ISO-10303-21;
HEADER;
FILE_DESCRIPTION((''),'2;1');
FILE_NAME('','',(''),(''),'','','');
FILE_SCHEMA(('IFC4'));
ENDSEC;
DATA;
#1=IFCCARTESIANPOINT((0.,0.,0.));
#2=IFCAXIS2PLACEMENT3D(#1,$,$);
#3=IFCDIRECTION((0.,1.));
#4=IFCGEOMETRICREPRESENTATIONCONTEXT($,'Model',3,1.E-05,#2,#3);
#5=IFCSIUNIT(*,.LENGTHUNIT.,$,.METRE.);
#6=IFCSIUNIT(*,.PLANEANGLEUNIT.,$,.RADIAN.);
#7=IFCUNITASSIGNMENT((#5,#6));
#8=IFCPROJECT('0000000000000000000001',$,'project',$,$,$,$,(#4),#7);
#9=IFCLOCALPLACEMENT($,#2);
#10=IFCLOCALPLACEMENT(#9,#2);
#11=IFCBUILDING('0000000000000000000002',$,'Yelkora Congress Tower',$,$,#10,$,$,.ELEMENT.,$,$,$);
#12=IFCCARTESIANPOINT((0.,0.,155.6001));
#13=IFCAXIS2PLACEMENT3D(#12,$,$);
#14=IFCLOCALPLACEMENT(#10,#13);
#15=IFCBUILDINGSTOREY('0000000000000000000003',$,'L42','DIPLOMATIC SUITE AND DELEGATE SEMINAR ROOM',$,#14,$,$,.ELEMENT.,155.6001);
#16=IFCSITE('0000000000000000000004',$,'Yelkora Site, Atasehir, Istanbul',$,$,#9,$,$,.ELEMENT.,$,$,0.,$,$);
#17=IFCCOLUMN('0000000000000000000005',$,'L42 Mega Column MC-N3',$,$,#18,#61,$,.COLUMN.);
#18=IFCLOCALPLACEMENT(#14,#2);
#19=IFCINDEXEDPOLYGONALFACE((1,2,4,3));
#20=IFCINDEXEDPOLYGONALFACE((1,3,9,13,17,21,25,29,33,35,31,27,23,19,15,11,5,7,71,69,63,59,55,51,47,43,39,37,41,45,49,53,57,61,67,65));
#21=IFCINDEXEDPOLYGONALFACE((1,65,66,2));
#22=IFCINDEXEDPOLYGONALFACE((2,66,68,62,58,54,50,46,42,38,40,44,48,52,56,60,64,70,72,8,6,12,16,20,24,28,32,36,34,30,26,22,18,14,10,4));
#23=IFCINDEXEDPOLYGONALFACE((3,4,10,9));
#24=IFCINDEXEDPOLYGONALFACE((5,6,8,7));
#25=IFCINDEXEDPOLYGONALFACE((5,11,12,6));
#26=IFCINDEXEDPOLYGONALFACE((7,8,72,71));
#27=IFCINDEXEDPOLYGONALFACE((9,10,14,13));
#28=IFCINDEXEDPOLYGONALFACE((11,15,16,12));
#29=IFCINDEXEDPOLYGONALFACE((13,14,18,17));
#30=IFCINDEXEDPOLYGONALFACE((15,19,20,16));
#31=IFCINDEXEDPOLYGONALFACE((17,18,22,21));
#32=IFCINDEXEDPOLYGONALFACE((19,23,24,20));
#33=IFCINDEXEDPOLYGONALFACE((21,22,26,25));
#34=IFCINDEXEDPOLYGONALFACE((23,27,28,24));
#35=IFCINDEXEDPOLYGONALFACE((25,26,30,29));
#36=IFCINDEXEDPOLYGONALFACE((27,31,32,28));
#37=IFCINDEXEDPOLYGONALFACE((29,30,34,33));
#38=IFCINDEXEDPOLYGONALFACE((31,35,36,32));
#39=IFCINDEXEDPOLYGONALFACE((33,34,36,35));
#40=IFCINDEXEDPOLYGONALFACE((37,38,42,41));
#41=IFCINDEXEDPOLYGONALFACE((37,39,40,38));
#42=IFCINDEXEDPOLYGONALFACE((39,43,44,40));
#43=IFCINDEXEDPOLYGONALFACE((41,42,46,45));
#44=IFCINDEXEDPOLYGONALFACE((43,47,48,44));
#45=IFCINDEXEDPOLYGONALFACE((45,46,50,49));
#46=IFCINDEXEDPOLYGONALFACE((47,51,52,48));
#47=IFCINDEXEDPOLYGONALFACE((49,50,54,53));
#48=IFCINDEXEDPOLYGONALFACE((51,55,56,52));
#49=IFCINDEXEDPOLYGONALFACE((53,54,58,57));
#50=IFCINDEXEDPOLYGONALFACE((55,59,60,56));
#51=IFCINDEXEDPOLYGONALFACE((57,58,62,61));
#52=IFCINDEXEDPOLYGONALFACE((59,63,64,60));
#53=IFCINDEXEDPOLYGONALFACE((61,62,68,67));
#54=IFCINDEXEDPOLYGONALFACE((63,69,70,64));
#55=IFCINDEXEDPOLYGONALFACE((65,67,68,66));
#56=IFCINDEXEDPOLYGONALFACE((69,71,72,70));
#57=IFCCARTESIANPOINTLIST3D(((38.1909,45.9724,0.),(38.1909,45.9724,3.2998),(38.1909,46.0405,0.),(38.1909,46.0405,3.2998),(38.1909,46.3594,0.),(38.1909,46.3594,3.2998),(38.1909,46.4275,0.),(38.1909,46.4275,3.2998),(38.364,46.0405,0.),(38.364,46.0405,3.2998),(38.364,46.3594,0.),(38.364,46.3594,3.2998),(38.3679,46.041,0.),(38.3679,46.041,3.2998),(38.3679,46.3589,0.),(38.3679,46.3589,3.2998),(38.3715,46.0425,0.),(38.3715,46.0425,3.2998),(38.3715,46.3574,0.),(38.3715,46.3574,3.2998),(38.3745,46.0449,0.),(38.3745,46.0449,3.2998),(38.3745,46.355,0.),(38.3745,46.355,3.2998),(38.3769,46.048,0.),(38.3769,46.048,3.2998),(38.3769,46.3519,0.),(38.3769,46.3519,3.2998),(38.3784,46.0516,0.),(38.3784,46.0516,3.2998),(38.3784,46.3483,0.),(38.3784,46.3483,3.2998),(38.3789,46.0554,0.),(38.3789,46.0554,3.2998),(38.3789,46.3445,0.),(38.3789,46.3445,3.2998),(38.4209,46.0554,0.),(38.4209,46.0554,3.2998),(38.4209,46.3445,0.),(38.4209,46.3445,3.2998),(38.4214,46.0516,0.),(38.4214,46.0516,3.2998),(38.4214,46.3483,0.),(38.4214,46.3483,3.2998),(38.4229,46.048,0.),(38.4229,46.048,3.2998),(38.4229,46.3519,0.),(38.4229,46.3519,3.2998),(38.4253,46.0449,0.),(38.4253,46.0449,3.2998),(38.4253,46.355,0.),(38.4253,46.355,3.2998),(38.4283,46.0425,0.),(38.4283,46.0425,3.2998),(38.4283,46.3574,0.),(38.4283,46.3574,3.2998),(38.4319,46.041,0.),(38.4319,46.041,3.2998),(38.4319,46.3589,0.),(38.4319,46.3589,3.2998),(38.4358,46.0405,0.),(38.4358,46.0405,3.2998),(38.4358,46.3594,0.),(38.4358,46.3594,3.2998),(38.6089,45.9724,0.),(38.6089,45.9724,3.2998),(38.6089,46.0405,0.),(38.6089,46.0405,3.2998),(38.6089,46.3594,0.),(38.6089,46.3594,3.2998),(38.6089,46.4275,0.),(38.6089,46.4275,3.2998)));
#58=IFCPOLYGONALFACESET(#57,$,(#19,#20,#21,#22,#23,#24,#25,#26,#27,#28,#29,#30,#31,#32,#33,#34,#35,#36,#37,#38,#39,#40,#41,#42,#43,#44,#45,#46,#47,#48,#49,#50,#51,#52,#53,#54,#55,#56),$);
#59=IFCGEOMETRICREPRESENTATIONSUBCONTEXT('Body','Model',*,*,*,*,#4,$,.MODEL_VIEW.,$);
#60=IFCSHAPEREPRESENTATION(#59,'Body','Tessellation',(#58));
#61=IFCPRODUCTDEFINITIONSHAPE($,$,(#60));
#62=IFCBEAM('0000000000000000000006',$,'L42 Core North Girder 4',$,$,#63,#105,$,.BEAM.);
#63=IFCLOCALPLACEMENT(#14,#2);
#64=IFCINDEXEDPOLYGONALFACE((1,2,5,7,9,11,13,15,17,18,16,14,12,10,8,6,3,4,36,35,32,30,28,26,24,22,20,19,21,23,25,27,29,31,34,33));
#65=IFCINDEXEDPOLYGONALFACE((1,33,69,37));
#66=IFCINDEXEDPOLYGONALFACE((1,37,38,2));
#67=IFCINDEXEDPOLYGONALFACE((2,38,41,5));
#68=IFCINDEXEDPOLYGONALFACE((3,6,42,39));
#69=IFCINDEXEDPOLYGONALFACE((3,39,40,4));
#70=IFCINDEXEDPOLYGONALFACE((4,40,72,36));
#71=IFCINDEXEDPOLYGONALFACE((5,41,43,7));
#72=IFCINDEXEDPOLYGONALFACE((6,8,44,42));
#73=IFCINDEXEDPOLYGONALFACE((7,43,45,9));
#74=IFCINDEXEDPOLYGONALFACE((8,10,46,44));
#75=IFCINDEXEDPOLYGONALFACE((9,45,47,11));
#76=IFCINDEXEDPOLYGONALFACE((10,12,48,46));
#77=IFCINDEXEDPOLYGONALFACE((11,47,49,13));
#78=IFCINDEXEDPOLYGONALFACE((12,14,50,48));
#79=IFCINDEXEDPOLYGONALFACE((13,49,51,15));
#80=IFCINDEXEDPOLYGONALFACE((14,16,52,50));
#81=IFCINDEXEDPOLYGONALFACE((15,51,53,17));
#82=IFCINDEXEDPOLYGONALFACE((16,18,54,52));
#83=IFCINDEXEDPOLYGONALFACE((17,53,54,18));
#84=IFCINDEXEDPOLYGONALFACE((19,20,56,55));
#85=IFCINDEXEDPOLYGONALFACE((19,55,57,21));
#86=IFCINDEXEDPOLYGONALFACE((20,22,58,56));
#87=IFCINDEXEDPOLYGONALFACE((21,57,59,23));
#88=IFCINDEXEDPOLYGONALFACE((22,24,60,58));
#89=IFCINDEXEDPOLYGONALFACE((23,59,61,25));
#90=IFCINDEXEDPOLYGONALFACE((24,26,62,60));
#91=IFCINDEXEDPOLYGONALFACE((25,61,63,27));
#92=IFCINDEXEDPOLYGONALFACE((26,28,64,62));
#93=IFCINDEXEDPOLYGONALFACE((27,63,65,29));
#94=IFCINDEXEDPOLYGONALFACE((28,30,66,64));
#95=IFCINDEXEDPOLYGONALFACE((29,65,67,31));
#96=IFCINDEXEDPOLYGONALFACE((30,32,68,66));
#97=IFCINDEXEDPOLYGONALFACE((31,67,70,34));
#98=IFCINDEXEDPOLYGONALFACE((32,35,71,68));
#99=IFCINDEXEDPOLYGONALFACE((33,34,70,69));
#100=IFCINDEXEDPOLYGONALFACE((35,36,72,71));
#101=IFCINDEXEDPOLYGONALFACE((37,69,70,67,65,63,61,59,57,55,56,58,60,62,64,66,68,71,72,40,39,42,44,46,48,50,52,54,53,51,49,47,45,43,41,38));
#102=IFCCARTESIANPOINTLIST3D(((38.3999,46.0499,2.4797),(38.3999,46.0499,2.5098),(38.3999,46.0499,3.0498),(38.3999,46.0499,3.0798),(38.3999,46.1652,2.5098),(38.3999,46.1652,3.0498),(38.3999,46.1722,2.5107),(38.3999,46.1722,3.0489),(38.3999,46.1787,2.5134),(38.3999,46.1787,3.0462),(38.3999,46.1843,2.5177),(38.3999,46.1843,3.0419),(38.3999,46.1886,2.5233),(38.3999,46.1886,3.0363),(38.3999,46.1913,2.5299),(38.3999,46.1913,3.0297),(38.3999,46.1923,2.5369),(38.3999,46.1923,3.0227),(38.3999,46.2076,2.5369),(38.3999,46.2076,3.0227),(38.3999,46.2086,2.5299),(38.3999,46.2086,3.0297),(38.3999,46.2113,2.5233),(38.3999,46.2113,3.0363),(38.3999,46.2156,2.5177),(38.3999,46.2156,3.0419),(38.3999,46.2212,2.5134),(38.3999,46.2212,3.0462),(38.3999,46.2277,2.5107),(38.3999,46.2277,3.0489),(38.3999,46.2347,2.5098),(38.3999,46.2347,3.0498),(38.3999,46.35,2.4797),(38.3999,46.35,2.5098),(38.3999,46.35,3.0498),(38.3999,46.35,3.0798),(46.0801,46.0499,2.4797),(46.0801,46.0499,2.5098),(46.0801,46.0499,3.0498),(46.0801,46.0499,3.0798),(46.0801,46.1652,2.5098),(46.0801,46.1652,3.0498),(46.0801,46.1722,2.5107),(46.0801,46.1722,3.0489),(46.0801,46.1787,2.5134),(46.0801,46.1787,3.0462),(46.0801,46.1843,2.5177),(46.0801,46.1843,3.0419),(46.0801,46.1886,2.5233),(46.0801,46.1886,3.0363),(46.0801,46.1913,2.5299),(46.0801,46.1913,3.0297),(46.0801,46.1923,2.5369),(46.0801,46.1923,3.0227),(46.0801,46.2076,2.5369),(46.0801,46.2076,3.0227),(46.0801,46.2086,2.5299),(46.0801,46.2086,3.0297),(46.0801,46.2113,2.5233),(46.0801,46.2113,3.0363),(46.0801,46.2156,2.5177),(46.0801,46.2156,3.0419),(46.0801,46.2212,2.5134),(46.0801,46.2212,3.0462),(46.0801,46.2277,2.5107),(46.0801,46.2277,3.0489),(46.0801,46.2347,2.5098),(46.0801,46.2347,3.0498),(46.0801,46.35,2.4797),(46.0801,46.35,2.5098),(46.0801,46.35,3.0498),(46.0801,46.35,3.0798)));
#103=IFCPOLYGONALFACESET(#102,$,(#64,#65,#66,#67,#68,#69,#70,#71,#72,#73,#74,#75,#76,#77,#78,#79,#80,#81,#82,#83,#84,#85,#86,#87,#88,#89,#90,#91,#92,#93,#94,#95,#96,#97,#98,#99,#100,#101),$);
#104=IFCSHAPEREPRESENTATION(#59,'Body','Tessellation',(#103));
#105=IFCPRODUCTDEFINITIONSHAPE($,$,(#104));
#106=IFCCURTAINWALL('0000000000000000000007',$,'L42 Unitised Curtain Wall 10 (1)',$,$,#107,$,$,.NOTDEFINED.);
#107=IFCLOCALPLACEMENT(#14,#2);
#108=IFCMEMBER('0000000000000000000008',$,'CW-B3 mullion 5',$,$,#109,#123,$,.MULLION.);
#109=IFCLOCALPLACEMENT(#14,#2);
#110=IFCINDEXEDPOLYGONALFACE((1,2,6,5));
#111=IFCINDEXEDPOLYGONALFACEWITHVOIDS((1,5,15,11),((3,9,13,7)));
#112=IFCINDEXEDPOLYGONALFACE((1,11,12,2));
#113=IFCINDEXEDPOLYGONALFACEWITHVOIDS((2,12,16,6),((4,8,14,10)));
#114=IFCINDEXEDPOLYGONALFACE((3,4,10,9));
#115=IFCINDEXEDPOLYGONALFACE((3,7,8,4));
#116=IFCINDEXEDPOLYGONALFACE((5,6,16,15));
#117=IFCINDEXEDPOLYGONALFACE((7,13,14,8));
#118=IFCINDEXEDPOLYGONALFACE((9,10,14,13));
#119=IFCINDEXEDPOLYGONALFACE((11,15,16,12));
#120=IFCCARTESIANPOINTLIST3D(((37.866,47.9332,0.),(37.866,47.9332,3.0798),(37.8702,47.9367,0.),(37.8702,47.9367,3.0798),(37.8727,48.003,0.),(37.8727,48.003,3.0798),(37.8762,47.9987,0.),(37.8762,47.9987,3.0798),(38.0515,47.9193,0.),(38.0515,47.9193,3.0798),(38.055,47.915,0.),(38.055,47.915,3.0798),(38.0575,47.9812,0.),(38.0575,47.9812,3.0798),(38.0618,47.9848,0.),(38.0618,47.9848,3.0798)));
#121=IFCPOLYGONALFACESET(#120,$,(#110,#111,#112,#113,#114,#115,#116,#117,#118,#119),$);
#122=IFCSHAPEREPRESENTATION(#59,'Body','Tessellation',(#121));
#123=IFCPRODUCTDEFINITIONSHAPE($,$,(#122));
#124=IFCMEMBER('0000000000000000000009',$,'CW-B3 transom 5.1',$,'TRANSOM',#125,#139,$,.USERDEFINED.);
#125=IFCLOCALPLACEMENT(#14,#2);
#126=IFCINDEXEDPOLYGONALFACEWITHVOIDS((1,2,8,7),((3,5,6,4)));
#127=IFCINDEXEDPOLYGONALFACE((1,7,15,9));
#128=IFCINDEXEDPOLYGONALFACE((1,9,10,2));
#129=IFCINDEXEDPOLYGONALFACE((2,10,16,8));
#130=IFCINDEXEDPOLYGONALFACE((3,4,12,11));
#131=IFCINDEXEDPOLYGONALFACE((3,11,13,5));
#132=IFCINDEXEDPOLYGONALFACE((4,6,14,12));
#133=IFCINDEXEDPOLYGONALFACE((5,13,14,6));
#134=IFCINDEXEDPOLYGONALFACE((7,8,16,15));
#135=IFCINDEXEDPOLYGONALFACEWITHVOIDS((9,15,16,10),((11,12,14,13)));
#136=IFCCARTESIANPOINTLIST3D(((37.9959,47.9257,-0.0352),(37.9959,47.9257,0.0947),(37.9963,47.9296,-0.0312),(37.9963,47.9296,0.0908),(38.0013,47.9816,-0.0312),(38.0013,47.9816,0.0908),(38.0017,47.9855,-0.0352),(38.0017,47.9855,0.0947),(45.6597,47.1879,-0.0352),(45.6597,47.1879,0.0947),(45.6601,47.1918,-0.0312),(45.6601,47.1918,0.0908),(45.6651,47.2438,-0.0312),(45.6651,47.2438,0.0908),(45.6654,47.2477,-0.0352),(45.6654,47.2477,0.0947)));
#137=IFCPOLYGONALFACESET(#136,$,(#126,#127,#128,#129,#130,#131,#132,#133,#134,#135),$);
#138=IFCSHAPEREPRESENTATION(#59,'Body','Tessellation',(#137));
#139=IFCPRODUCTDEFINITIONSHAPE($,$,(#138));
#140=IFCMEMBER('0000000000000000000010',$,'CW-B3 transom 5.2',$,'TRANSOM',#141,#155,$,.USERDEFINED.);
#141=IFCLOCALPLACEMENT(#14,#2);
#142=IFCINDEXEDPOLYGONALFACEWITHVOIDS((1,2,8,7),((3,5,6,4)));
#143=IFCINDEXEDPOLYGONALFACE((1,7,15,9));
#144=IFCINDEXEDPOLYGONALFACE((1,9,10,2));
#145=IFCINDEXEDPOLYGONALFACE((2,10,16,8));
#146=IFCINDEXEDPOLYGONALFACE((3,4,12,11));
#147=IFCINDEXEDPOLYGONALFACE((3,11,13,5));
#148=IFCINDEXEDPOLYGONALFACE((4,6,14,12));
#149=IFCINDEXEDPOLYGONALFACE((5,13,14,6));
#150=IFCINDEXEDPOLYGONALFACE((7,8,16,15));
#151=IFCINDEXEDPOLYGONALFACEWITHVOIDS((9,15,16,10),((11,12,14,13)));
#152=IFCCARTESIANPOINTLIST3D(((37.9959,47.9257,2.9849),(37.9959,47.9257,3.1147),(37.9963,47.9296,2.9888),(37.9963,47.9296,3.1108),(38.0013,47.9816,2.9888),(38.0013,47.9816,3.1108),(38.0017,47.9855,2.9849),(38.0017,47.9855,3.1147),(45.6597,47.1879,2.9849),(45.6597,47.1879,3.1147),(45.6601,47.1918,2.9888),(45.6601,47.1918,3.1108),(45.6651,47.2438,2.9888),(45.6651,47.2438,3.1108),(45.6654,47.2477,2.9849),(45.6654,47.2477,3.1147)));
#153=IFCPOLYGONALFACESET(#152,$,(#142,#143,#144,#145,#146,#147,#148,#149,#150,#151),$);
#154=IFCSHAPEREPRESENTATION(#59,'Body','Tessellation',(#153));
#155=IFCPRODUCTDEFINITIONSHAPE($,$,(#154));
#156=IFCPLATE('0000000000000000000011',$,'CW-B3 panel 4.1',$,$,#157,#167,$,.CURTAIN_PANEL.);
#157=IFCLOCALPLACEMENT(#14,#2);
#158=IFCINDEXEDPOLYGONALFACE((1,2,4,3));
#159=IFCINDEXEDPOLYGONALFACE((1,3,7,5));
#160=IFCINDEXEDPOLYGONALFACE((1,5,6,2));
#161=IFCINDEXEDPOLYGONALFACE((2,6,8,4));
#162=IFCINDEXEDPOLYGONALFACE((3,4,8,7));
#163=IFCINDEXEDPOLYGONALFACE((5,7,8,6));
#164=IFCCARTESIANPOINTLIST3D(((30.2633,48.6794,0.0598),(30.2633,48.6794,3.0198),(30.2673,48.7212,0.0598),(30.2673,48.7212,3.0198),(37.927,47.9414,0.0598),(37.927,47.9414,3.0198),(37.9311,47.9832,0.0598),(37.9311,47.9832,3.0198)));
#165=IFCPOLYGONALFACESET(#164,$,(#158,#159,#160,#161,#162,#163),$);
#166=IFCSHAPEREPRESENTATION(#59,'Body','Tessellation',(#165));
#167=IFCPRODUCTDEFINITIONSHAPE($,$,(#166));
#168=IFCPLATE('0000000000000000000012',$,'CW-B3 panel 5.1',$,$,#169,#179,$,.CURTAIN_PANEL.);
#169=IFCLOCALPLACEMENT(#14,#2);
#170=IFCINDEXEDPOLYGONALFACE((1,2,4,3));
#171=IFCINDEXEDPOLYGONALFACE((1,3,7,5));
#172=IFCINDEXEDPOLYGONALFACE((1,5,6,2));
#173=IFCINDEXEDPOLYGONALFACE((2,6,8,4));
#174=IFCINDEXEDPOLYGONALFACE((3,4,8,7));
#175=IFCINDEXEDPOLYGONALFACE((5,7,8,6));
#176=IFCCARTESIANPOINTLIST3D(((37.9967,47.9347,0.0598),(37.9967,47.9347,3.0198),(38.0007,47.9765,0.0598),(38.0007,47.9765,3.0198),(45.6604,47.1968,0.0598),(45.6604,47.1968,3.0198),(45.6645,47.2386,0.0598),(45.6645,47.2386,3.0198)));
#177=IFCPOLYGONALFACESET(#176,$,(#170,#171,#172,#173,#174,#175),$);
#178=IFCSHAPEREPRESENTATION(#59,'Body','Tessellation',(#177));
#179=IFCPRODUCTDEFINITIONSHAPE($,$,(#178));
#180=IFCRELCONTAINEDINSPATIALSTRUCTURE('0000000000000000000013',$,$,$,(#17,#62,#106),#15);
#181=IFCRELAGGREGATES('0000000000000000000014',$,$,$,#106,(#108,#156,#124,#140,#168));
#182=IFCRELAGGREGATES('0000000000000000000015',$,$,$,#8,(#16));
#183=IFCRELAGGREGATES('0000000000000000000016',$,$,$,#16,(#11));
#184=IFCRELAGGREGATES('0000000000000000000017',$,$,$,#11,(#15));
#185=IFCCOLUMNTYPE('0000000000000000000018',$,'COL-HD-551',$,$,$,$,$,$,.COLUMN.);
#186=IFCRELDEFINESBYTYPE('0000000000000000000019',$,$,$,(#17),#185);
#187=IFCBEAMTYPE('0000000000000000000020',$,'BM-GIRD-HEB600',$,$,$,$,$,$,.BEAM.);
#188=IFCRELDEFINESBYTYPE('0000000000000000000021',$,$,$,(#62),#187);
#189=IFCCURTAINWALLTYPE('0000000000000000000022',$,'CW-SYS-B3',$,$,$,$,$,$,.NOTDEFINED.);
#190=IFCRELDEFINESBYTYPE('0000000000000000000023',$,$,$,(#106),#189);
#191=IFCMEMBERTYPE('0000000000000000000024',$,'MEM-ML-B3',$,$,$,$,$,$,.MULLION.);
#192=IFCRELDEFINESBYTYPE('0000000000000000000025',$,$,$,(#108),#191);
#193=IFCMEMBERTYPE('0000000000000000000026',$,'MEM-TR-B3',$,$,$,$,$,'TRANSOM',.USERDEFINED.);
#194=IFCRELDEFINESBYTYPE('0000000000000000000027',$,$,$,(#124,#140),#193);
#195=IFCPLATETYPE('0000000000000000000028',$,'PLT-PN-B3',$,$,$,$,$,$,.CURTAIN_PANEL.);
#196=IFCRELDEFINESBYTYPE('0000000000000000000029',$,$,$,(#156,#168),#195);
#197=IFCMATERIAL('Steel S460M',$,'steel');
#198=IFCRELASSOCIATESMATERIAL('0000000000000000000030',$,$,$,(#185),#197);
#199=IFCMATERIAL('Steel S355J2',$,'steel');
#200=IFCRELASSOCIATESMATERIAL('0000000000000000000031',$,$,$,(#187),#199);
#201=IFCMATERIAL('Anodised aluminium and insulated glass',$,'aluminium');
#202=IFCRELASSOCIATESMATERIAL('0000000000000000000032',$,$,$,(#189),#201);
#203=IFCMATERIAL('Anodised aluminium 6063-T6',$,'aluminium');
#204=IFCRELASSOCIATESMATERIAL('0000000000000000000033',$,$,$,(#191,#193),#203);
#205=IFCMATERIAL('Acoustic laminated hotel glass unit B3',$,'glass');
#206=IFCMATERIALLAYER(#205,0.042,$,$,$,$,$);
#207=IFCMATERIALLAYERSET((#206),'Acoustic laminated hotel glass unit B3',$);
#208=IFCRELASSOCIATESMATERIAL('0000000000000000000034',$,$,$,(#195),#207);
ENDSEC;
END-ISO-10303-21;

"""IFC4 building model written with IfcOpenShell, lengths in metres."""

from ifc_helpers import new_model, si_unit, direction, frame, origin, origin_2d, place, context, subcontext, project, spatial, rectangle, hollow_rectangle, i_section, extrude, material, layer, layer_set, material_profile, profile_set, type_object, element, aggregate, save


model = new_model("IFC4")

# Units and contexts
model_context = context("Model", 3, precision=1e-05, world=origin(), true_north=direction((0.0, 1.0)))
body_context = subcontext(model_context, "Body", "Model", "MODEL_VIEW")
ifc_project = project(units=[si_unit("LENGTHUNIT", "METRE"), si_unit("PLANEANGLEUNIT", "RADIAN")], contexts=[model_context])

# Site, building, storey
site_placement = place(None, origin())
site = spatial("IfcSite", under=ifc_project, at=site_placement, Name="Yelkora Site, Atasehir, Istanbul", CompositionType="ELEMENT", RefElevation=0.0)
building_placement = place(site_placement, origin())
building = spatial("IfcBuilding", under=site, at=building_placement, Name="Yelkora Congress Tower", CompositionType="ELEMENT")
storey_placement = place(building_placement, frame((0.0, 0.0, 155.6001)))
storey = spatial("IfcBuildingStorey", under=building, at=storey_placement, Name="L42", Description="DIPLOMATIC SUITE AND DELEGATE SEMINAR ROOM", CompositionType="ELEMENT", Elevation=155.6001)

# Column
ifc_material_1 = material(Name="Steel S460M", Category="steel")
ifc_material_profile_1 = material_profile(ifc_material_1, i_section(OverallWidth=0.418, OverallDepth=0.4551, WebThickness=0.042, FlangeThickness=0.0681, FilletRadius=0.0149, at=origin_2d()), Name="HD 400x551")
ifc_profile_set_1 = profile_set([ifc_material_profile_1], Name="Steel S460M")
column_type = type_object("IfcColumnType", Name="COL-HD-551", PredefinedType="COLUMN", material=ifc_profile_set_1)
column_placement = place(storey_placement, frame((38.3999, 46.2, 0.0), z_axis=(0.0, 0.0, 1.0), x_axis=(1.0, 0.0, 0.0)))
element("IfcColumn", 1, at=column_placement, inside=storey, type_object=column_type, Name="L42 Mega Column MC-N3", PredefinedType="COLUMN", context=body_context, shape_type="SweptSolid", body=[
    extrude(i_section(OverallWidth=0.418, OverallDepth=0.4551, WebThickness=0.042, FlangeThickness=0.0681, FilletRadius=0.0149, at=origin_2d()), origin(), (0.0, 0.0, 1.0), 3.2998),
])

# Beam
ifc_material_2 = material(Name="Steel S355J2", Category="steel")
ifc_material_profile_2 = material_profile(ifc_material_2, i_section(OverallWidth=0.3, OverallDepth=0.6001, WebThickness=0.0154, FlangeThickness=0.03, FilletRadius=0.0271, at=origin_2d()), Name="HEB 600")
ifc_profile_set_2 = profile_set([ifc_material_profile_2], Name="Steel S355J2")
beam_type = type_object("IfcBeamType", Name="BM-GIRD-HEB600", PredefinedType="BEAM", material=ifc_profile_set_2)
beam_placement = place(storey_placement, frame((38.3999, 46.2, 2.7798), z_axis=(1.0, 0.0, 0.0), x_axis=(0.0, 1.0, 0.0)))
element("IfcBeam", 2, at=beam_placement, inside=storey, type_object=beam_type, Name="L42 Core North Girder 4", PredefinedType="BEAM", context=body_context, shape_type="SweptSolid", body=[
    extrude(i_section(OverallWidth=0.3, OverallDepth=0.6001, WebThickness=0.0154, FlangeThickness=0.03, FilletRadius=0.0271, at=origin_2d()), origin(), (0.0, 0.0, 1.0), 7.6802),
])

# Curtain wall, members, plates
ifc_material_3 = material(Name="Anodised aluminium and insulated glass", Category="aluminium")
curtain_wall_type = type_object("IfcCurtainWallType", Name="CW-SYS-B3", PredefinedType="NOTDEFINED", material=ifc_material_3)
curtain_wall_placement = place(storey_placement, origin())
curtain_wall = element("IfcCurtainWall", 3, at=curtain_wall_placement, inside=storey, type_object=curtain_wall_type, Name="L42 Unitised Curtain Wall 10 (1)", PredefinedType="NOTDEFINED")
ifc_material_4 = material(Name="Anodised aluminium 6063-T6", Category="aluminium")
ifc_material_profile_3 = material_profile(ifc_material_4, hollow_rectangle(XDim=0.0701, YDim=0.1899, WallThickness=0.0039, at=origin_2d()), Name="ALU 70x190x4")
ifc_profile_set_3 = profile_set([ifc_material_profile_3], Name="Anodised aluminium 6063-T6")
member_type_1 = type_object("IfcMemberType", Name="MEM-ML-B3", PredefinedType="MULLION", material=ifc_profile_set_3)
member_1_placement = place(storey_placement, frame((37.9639, 47.959, 0.0), z_axis=(0.0, 0.0, 1.0), x_axis=(0.095845, 0.995396, 0.0)))
member_1 = element("IfcMember", 4, at=member_1_placement, type_object=member_type_1, Name="CW-B3 mullion 5", PredefinedType="MULLION", context=body_context, shape_type="SweptSolid", body=[
    extrude(hollow_rectangle(XDim=0.0701, YDim=0.1899, WallThickness=0.0039, at=origin_2d()), origin(), (0.0, 0.0, 1.0), 3.0798),
])
ifc_material_profile_4 = material_profile(ifc_material_4, hollow_rectangle(XDim=0.0601, YDim=0.1299, WallThickness=0.0039, at=origin_2d()), Name="ALU 60x130x4")
ifc_profile_set_4 = profile_set([ifc_material_profile_4], Name="Anodised aluminium 6063-T6")
member_type_2 = type_object("IfcMemberType", Name="MEM-TR-B3", ElementType="TRANSOM", PredefinedType="USERDEFINED", material=ifc_profile_set_4)
member_2_placement = place(storey_placement, frame((37.9988, 47.9556, 0.0298), z_axis=(0.995398, -0.095827, 0.0), x_axis=(0.095827, 0.995398, 0.0)))
member_2 = element("IfcMember", 5, at=member_2_placement, type_object=member_type_2, Name="CW-B3 transom 5.1", ObjectType="TRANSOM", PredefinedType="USERDEFINED", context=body_context, shape_type="SweptSolid", body=[
    extrude(hollow_rectangle(XDim=0.0601, YDim=0.1299, WallThickness=0.0039, at=origin_2d()), origin(), (0.0, 0.0, 1.0), 7.6992),
])
member_3_placement = place(storey_placement, frame((37.9988, 47.9556, 3.0498), z_axis=(0.995398, -0.095827, 0.0), x_axis=(0.095827, 0.995398, 0.0)))
member_3 = element("IfcMember", 6, at=member_3_placement, type_object=member_type_2, Name="CW-B3 transom 5.2", ObjectType="TRANSOM", PredefinedType="USERDEFINED", context=body_context, shape_type="SweptSolid", body=[
    extrude(hollow_rectangle(XDim=0.0601, YDim=0.1299, WallThickness=0.0039, at=origin_2d()), origin(), (0.0, 0.0, 1.0), 7.6992),
])
ifc_material_5 = material(Name="Acoustic laminated hotel glass unit B3", Category="glass")
ifc_layer_1 = layer(ifc_material_5, 0.042)
ifc_layer_set_1 = layer_set([ifc_layer_1], Name="Acoustic laminated hotel glass unit B3")
plate_type = type_object("IfcPlateType", Name="PLT-PN-B3", PredefinedType="CURTAIN_PANEL", material=ifc_layer_set_1)
plate_1_placement = place(storey_placement, frame((34.0972, 48.3313, 0.0598), z_axis=(0.0, 0.0, 1.0), x_axis=(0.995396, -0.095845, 0.0)))
plate_1 = element("IfcPlate", 7, at=plate_1_placement, type_object=plate_type, Name="CW-B3 panel 4.1", PredefinedType="CURTAIN_PANEL", context=body_context, shape_type="SweptSolid", body=[
    extrude(rectangle(XDim=7.6992, YDim=0.042, at=origin_2d()), origin(), (0.0, 0.0, 1.0), 2.96),
])
plate_2_placement = place(storey_placement, frame((41.8306, 47.5867, 0.0598), z_axis=(0.0, 0.0, 1.0), x_axis=(0.995396, -0.095845, 0.0)))
plate_2 = element("IfcPlate", 8, at=plate_2_placement, type_object=plate_type, Name="CW-B3 panel 5.1", PredefinedType="CURTAIN_PANEL", context=body_context, shape_type="SweptSolid", body=[
    extrude(rectangle(XDim=7.6992, YDim=0.042, at=origin_2d()), origin(), (0.0, 0.0, 1.0), 2.96),
])
aggregate(curtain_wall, [member_1, plate_1, member_2, member_3, plate_2])

save(model, "model.ifc")
